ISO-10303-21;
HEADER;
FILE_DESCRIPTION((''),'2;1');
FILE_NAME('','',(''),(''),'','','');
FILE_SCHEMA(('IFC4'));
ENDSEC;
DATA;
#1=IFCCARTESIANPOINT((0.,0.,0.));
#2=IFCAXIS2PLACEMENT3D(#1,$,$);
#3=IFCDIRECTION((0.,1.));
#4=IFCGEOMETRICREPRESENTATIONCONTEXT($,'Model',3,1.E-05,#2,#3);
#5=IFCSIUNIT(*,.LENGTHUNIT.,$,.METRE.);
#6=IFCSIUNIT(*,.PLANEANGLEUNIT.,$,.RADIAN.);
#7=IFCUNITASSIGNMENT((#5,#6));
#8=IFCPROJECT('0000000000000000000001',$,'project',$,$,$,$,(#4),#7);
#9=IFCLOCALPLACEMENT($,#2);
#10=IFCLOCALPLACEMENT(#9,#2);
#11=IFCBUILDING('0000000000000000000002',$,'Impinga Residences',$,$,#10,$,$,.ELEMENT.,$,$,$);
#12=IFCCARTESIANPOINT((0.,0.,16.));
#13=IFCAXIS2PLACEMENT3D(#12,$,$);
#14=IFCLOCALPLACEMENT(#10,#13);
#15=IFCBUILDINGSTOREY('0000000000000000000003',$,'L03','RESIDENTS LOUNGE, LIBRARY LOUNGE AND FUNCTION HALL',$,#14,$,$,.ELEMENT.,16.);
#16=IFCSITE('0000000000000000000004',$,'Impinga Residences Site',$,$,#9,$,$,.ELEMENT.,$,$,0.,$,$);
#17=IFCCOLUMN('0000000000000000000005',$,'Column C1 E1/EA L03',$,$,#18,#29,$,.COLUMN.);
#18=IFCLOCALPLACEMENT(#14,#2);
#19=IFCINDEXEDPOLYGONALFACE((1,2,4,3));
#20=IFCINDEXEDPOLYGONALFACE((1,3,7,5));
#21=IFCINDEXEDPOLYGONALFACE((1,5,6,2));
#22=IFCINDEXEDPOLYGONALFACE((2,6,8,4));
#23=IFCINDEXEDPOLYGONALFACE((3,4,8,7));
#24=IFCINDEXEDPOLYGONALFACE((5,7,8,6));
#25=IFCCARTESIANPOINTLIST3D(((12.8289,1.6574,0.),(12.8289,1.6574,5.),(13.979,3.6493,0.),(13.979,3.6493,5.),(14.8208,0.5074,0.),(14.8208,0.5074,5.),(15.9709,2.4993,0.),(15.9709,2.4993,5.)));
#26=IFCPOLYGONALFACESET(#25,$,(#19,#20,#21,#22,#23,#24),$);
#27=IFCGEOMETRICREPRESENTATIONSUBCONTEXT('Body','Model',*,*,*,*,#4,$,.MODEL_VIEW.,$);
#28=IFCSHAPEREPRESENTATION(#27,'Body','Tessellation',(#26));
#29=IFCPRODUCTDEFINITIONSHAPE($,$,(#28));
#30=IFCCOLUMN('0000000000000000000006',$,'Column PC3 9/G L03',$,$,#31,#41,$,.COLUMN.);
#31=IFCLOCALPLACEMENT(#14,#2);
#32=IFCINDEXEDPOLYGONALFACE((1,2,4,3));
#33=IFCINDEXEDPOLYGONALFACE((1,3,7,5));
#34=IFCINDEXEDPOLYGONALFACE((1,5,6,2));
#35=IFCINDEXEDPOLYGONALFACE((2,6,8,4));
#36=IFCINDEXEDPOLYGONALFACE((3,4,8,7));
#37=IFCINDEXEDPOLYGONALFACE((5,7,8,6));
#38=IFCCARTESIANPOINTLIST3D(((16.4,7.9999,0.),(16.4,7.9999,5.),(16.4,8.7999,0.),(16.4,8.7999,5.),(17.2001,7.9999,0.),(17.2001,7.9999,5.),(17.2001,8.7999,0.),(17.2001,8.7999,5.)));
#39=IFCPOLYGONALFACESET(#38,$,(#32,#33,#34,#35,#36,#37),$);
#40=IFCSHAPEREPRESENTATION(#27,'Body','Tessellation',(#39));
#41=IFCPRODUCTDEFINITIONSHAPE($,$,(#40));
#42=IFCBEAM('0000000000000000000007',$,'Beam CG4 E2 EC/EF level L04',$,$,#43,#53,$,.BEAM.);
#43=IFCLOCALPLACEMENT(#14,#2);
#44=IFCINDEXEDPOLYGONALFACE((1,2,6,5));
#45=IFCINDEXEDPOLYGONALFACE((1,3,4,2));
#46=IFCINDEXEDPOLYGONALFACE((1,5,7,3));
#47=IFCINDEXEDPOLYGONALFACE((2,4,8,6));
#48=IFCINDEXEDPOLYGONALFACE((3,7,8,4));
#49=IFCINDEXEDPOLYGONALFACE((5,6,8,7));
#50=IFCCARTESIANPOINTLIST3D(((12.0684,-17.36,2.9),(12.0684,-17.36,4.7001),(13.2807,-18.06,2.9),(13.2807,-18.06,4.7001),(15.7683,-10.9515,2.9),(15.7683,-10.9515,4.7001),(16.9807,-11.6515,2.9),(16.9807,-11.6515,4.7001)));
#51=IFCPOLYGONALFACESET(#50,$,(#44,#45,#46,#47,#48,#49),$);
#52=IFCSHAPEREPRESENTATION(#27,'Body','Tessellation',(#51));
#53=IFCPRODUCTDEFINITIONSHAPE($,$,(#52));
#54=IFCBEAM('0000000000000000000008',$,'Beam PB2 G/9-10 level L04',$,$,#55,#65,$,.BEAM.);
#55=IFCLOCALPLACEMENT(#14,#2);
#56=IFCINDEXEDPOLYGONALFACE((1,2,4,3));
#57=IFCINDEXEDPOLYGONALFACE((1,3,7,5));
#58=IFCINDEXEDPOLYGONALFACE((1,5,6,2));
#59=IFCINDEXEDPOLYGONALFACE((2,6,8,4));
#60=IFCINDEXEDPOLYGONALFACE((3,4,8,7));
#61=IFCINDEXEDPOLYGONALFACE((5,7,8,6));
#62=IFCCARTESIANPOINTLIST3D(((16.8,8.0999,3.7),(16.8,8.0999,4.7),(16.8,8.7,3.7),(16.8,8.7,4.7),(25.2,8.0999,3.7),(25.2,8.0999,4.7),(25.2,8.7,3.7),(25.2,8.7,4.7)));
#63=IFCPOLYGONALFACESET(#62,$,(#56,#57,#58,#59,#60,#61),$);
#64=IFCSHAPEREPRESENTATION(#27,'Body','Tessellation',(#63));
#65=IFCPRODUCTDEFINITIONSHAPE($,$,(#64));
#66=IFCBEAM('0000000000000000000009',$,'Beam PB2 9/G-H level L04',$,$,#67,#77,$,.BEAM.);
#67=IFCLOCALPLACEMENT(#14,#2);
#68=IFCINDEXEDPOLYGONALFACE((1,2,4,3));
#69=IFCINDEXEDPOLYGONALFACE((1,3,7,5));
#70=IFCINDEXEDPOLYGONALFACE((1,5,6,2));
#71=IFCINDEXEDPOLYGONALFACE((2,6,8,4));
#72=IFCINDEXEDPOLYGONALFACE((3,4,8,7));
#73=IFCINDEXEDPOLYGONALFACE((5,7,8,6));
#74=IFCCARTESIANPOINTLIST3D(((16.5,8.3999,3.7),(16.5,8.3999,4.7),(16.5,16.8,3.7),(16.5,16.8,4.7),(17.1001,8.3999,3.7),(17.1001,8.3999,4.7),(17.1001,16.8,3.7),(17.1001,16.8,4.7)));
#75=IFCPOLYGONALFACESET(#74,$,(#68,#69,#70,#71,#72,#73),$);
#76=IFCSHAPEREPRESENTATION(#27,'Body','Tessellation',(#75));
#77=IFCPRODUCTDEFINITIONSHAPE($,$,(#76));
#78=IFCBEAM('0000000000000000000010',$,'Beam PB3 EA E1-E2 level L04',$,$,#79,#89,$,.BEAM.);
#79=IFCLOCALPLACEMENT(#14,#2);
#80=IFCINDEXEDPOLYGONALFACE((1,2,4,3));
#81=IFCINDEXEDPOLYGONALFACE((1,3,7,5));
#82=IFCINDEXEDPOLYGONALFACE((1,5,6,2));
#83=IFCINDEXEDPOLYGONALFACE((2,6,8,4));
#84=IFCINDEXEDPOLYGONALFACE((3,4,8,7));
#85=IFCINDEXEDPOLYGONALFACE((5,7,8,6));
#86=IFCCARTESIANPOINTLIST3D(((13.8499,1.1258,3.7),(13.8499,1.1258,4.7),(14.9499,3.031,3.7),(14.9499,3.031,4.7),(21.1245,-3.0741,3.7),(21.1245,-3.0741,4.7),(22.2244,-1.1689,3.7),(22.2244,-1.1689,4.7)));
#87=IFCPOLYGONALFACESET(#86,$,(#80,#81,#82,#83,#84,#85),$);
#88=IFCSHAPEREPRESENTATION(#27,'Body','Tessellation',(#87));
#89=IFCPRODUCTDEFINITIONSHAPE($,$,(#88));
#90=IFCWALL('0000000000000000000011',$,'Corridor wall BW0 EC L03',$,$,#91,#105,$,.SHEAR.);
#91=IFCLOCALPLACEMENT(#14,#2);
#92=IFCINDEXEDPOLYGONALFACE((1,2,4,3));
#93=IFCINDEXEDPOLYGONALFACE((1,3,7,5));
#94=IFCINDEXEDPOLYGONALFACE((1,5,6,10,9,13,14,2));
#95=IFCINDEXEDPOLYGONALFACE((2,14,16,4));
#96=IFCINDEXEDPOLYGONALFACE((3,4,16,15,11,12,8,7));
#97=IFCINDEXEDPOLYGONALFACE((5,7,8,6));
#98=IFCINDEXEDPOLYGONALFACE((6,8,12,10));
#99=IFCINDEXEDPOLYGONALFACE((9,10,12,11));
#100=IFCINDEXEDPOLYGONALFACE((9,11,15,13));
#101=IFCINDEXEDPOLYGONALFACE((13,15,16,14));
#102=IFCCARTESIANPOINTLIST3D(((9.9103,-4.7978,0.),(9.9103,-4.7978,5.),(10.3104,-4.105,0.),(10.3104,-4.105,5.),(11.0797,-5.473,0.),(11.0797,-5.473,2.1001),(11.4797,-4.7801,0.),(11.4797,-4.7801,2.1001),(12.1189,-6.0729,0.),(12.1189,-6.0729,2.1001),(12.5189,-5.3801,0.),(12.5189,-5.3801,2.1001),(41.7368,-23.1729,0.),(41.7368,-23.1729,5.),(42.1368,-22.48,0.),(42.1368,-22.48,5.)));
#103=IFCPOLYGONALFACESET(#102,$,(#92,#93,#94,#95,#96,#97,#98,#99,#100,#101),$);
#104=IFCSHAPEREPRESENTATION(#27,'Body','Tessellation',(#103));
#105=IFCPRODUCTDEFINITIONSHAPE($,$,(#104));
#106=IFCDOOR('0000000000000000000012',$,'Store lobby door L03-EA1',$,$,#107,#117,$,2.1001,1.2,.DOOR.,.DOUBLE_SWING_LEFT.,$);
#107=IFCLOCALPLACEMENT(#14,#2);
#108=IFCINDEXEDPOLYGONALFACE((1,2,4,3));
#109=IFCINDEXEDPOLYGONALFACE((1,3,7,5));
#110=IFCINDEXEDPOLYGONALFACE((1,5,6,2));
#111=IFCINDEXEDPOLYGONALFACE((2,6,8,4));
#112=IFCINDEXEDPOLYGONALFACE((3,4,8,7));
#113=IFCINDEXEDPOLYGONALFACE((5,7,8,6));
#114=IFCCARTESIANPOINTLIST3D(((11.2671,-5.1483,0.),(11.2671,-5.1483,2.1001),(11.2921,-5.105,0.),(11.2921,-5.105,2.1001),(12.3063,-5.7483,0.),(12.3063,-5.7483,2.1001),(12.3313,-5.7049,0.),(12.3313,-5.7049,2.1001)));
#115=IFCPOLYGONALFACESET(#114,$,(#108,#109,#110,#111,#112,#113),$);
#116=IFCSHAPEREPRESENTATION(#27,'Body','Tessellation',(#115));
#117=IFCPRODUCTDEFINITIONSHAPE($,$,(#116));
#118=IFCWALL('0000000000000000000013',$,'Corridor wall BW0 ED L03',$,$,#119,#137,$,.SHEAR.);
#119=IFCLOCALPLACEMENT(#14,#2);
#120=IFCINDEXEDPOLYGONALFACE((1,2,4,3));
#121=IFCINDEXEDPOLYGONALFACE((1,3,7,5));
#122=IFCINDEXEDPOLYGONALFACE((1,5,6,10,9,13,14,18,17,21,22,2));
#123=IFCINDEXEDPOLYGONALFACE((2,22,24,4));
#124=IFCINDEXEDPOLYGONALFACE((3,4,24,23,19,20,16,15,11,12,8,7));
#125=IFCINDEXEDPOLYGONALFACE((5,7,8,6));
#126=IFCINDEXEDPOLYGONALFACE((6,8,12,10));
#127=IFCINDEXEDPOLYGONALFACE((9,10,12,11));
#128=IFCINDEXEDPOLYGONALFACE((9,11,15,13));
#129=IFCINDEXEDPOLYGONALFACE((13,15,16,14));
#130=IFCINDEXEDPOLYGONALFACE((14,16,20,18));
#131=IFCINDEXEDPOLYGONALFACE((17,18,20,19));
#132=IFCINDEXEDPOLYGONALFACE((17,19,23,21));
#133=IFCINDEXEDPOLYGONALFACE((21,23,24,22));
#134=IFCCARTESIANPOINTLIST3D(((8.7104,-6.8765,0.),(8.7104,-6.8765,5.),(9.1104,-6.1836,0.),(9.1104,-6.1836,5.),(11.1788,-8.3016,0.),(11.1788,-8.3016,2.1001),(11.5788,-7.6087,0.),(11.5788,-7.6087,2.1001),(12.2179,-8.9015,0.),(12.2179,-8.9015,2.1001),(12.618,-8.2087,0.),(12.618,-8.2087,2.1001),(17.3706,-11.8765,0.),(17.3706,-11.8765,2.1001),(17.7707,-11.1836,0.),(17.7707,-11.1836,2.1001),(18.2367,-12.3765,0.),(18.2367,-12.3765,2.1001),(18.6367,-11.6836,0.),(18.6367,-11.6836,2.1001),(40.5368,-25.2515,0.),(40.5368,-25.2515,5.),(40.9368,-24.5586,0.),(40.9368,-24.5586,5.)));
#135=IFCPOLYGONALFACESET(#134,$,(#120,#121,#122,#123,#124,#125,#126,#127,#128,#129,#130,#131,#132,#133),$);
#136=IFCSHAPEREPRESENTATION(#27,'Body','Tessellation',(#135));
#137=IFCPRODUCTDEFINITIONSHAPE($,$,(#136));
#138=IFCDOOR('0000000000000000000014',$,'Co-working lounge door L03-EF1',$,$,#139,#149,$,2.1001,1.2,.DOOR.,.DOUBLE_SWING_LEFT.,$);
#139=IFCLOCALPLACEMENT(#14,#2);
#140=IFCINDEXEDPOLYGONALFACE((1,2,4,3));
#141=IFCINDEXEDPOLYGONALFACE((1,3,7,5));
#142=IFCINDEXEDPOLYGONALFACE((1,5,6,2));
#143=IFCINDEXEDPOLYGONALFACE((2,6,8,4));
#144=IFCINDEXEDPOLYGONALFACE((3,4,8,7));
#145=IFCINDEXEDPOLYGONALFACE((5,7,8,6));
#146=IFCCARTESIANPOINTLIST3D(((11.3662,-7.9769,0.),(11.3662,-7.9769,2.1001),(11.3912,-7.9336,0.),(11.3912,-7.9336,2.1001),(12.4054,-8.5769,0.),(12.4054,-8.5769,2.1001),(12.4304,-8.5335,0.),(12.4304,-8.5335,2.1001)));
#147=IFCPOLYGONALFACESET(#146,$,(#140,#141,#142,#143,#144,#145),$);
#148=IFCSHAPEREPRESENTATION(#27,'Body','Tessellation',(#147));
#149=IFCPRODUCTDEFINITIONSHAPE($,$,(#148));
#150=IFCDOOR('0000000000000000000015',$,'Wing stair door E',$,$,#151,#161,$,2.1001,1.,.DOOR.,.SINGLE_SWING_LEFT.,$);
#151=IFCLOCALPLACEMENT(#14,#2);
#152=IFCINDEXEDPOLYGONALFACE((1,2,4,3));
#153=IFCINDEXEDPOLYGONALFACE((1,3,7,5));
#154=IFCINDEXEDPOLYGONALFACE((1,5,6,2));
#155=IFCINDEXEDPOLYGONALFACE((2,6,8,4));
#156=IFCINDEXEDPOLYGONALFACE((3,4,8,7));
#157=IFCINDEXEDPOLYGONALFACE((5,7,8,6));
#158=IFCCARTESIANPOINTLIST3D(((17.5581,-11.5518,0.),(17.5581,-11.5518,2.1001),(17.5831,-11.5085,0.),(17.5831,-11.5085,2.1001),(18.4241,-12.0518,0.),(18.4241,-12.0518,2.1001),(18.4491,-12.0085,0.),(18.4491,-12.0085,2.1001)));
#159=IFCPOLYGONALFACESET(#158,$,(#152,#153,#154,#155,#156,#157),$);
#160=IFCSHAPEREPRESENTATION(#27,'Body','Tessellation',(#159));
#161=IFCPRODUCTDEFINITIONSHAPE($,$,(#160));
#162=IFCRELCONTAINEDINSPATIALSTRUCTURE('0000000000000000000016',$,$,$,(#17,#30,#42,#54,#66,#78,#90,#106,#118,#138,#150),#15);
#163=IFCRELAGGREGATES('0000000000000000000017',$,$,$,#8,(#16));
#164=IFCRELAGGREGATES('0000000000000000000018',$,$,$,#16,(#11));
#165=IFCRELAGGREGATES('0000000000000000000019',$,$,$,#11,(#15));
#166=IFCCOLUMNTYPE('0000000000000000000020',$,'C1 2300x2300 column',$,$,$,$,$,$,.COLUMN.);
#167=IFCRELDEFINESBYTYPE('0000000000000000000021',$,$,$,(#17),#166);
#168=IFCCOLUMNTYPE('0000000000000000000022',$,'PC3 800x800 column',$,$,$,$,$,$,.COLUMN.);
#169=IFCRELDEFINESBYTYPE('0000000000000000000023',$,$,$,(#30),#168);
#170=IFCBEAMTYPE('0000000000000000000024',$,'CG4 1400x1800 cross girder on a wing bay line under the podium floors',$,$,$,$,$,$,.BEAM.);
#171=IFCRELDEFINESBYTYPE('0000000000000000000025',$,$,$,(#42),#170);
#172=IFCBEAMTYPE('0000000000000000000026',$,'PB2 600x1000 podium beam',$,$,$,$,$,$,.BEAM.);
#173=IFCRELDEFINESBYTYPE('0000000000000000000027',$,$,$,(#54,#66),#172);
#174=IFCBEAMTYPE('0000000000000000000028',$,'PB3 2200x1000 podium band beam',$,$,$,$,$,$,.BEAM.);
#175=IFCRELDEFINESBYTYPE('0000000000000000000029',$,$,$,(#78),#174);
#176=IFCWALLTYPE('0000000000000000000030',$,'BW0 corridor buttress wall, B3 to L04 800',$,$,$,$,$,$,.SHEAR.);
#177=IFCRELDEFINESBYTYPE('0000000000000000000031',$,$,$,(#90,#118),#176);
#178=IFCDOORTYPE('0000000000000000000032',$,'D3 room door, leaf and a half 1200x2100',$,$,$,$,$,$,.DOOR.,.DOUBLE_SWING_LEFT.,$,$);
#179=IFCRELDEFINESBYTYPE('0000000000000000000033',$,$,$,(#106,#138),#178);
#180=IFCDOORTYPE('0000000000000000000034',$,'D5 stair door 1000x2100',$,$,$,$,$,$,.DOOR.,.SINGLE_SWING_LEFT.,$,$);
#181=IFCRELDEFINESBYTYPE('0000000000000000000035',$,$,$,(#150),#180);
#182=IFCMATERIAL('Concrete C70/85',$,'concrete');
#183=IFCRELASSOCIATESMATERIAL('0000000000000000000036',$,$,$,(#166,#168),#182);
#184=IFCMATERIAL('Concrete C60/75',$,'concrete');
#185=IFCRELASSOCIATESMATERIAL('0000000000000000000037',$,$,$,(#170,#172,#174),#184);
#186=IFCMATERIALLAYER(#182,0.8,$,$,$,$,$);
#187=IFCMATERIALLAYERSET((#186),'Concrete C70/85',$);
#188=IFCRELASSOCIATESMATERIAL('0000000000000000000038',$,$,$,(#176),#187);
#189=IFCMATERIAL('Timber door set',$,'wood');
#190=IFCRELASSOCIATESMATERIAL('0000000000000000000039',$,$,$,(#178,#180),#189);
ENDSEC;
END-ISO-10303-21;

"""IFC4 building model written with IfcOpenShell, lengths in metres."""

from ifc_helpers import new_model, si_unit, direction, frame, frame_2d, origin, origin_2d, place, context, subcontext, project, spatial, rectangle, extrude, material, layer, layer_set, material_profile, profile_set, type_object, element, fill, save


model = new_model("IFC4")

# Units and contexts
model_context = context("Model", 3, precision=1e-05, world=origin(), true_north=direction((0.0, 1.0)))
body_context = subcontext(model_context, "Body", "Model", "MODEL_VIEW")
ifc_project = project(units=[si_unit("LENGTHUNIT", "METRE"), si_unit("PLANEANGLEUNIT", "RADIAN")], contexts=[model_context])

# Site, building, storey
site_placement = place(None, origin())
site = spatial("IfcSite", under=ifc_project, at=site_placement, Name="Impinga Residences Site", CompositionType="ELEMENT", RefElevation=0.0)
building_placement = place(site_placement, origin())
building = spatial("IfcBuilding", under=site, at=building_placement, Name="Impinga Residences", CompositionType="ELEMENT")
storey_placement = place(building_placement, frame((0.0, 0.0, 16.0)))
storey = spatial("IfcBuildingStorey", under=building, at=storey_placement, Name="L03", Description="RESIDENTS LOUNGE, LIBRARY LOUNGE AND FUNCTION HALL", CompositionType="ELEMENT", Elevation=16.0)

# Columns
ifc_material_1 = material(Name="Concrete C70/85", Category="concrete")
ifc_material_profile_1 = material_profile(ifc_material_1, rectangle(XDim=2.3, YDim=2.3, at=origin_2d()), Name="RC 2300x2300")
ifc_profile_set_1 = profile_set([ifc_material_profile_1], Name="Concrete C70/85")
column_type_1 = type_object("IfcColumnType", Name="C1 2300x2300 column", PredefinedType="COLUMN", material=ifc_profile_set_1)
column_1_placement = place(storey_placement, frame((14.3999, 2.0784, 0.0), z_axis=(0.0, 0.0, 1.0), x_axis=(-0.5, -0.866025, 0.0)))
element("IfcColumn", 1, at=column_1_placement, inside=storey, type_object=column_type_1, Name="Column C1 E1/EA L03", PredefinedType="COLUMN", context=body_context, shape_type="SweptSolid", body=[
    extrude(rectangle(XDim=2.3, YDim=2.3, at=origin_2d()), origin(), (0.0, 0.0, 1.0), 5.0),
])
ifc_material_profile_2 = material_profile(ifc_material_1, rectangle(XDim=0.8, YDim=0.8, at=origin_2d()), Name="RC 800x800")
ifc_profile_set_2 = profile_set([ifc_material_profile_2], Name="Concrete C70/85")
column_type_2 = type_object("IfcColumnType", Name="PC3 800x800 column", PredefinedType="COLUMN", material=ifc_profile_set_2)
column_2_placement = place(storey_placement, frame((16.8, 8.3999, 0.0), z_axis=(0.0, 0.0, 1.0), x_axis=(1.0, 0.0, 0.0)))
element("IfcColumn", 2, at=column_2_placement, inside=storey, type_object=column_type_2, Name="Column PC3 9/G L03", PredefinedType="COLUMN", context=body_context, shape_type="SweptSolid", body=[
    extrude(rectangle(XDim=0.8, YDim=0.8, at=origin_2d()), origin(), (0.0, 0.0, 1.0), 5.0),
])

# Beams
ifc_material_2 = material(Name="Concrete C60/75", Category="concrete")
ifc_material_profile_3 = material_profile(ifc_material_2, rectangle(XDim=1.3999, YDim=1.8, at=origin_2d()), Name="RC 1400x1800")
ifc_profile_set_3 = profile_set([ifc_material_profile_3], Name="Concrete C60/75")
beam_type_1 = type_object("IfcBeamType", Name="CG4 1400x1800 cross girder on a wing bay line under the podium floors", PredefinedType="BEAM", material=ifc_profile_set_3)
beam_1_placement = place(storey_placement, frame((16.3745, -11.3015, 3.8), z_axis=(-0.500003, -0.866024, 0.0), x_axis=(0.866024, -0.500003, 0.0)))
element("IfcBeam", 3, at=beam_1_placement, inside=storey, type_object=beam_type_1, Name="Beam CG4 E2 EC/EF level L04", PredefinedType="BEAM", context=body_context, shape_type="SweptSolid", body=[
    extrude(rectangle(XDim=1.3999, YDim=1.8, at=origin_2d()), origin(), (0.0, 0.0, 1.0), 7.3999),
])
ifc_material_profile_4 = material_profile(ifc_material_2, rectangle(XDim=0.6001, YDim=1.0, at=origin_2d()), Name="RC 600x1000")
ifc_profile_set_4 = profile_set([ifc_material_profile_4], Name="Concrete C60/75")
beam_type_2 = type_object("IfcBeamType", Name="PB2 600x1000 podium beam", PredefinedType="BEAM", material=ifc_profile_set_4)
beam_2_placement = place(storey_placement, frame((16.8, 8.3999, 4.2), z_axis=(1.0, 0.0, 0.0), x_axis=(0.0, 1.0, 0.0)))
element("IfcBeam", 4, at=beam_2_placement, inside=storey, type_object=beam_type_2, Name="Beam PB2 G/9-10 level L04", PredefinedType="BEAM", context=body_context, shape_type="SweptSolid", body=[
    extrude(rectangle(XDim=0.6001, YDim=1.0, at=origin_2d()), origin(), (0.0, 0.0, 1.0), 8.3999),
])
beam_3_placement = place(storey_placement, frame((16.8, 8.3999, 4.2), z_axis=(0.0, 1.0, 0.0), x_axis=(-1.0, 0.0, 0.0)))
element("IfcBeam", 5, at=beam_3_placement, inside=storey, type_object=beam_type_2, Name="Beam PB2 9/G-H level L04", PredefinedType="BEAM", context=body_context, shape_type="SweptSolid", body=[
    extrude(rectangle(XDim=0.6001, YDim=1.0, at=origin_2d()), origin(), (0.0, 0.0, 1.0), 8.4001),
])
ifc_material_profile_5 = material_profile(ifc_material_2, rectangle(XDim=2.2, YDim=1.0, at=origin_2d()), Name="RC 2200x1000")
ifc_profile_set_5 = profile_set([ifc_material_profile_5], Name="Concrete C60/75")
beam_type_3 = type_object("IfcBeamType", Name="PB3 2200x1000 podium band beam", PredefinedType="BEAM", material=ifc_profile_set_5)
beam_4_placement = place(storey_placement, frame((14.3999, 2.0784, 4.2), z_axis=(0.866029, -0.499993, 0.0), x_axis=(0.499993, 0.866029, 0.0)))
element("IfcBeam", 6, at=beam_4_placement, inside=storey, type_object=beam_type_3, Name="Beam PB3 EA E1-E2 level L04", PredefinedType="BEAM", context=body_context, shape_type="SweptSolid", body=[
    extrude(rectangle(XDim=2.2, YDim=1.0, at=origin_2d()), origin(), (0.0, 0.0, 1.0), 8.3999),
])

# Wall, opening, door
ifc_layer_1 = layer(ifc_material_1, 0.8)
ifc_layer_set_1 = layer_set([ifc_layer_1], Name="Concrete C70/85")
wall_type_1 = type_object("IfcWallType", Name="BW0 corridor buttress wall, B3 to L04 800", PredefinedType="SHEAR", material=ifc_layer_set_1)
wall_1_placement = place(storey_placement, frame((10.1104, -4.4514, 0.0), z_axis=(0.0, 0.0, 1.0), x_axis=(0.866025, -0.5, 0.0)))
wall_1 = element("IfcWall", 7, at=wall_1_placement, inside=storey, type_object=wall_type_1, Name="Corridor wall BW0 EC L03", PredefinedType="SHEAR", context=body_context, shape_type="SweptSolid", body=[
    extrude(rectangle(XDim=36.75, YDim=0.8, at=frame_2d((18.375, 0.0))), origin(), (0.0, 0.0, 1.0), 5.0),
])
opening_1_placement = place(wall_1_placement, frame((1.3501, 0.0, 0.0)))
opening_1 = element("IfcOpeningElement", 8, at=opening_1_placement, cuts=wall_1, PredefinedType="OPENING", context=body_context, shape_type="SweptSolid", body=[
    extrude(rectangle(XDim=1.2, YDim=2.1001, at=frame_2d((0.6001, 1.05))), frame((0.0, 0.4099, 0.0), z_axis=(0.0, -1.0, 0.0), x_axis=(1.0, 0.0, 0.0)), (0.0, 0.0, 1.0), 0.8201),
])
ifc_material_3 = material(Name="Timber door set", Category="wood")
door_type_1 = type_object("IfcDoorType", Name="D3 room door, leaf and a half 1200x2100", OperationType="DOUBLE_SWING_LEFT", PredefinedType="DOOR", material=ifc_material_3)
door_1_placement = place(opening_1_placement, origin())
door_1 = element("IfcDoor", 9, at=door_1_placement, inside=storey, type_object=door_type_1, Name="Store lobby door L03-EA1", OperationType="DOUBLE_SWING_LEFT", OverallHeight=2.1001, OverallWidth=1.2, PredefinedType="DOOR", context=body_context, shape_type="SweptSolid", body=[
    extrude(rectangle(XDim=1.2, YDim=2.1001, at=frame_2d((0.6001, 1.05))), frame((0.0, 0.0249, 0.0), z_axis=(0.0, -1.0, 0.0), x_axis=(1.0, 0.0, 0.0)), (0.0, 0.0, 1.0), 0.05),
])
fill(opening_1, door_1)

# Wall, openings, doors
wall_2_placement = place(storey_placement, frame((8.9104, -6.53, 0.0), z_axis=(0.0, 0.0, 1.0), x_axis=(0.866025, -0.5, 0.0)))
wall_2 = element("IfcWall", 10, at=wall_2_placement, inside=storey, type_object=wall_type_1, Name="Corridor wall BW0 ED L03", PredefinedType="SHEAR", context=body_context, shape_type="SweptSolid", body=[
    extrude(rectangle(XDim=36.75, YDim=0.8, at=frame_2d((18.375, 0.0))), origin(), (0.0, 0.0, 1.0), 5.0),
])
opening_2_placement = place(wall_2_placement, frame((10.0, 0.0, 0.0)))
opening_2 = element("IfcOpeningElement", 11, at=opening_2_placement, cuts=wall_2, PredefinedType="OPENING", context=body_context, shape_type="SweptSolid", body=[
    extrude(rectangle(XDim=1.0, YDim=2.1001, at=frame_2d((0.5, 1.05))), frame((0.0, 0.4099, 0.0), z_axis=(0.0, -1.0, 0.0), x_axis=(1.0, 0.0, 0.0)), (0.0, 0.0, 1.0), 0.8201),
])
opening_3_placement = place(wall_2_placement, frame((2.8501, 0.0, 0.0)))
opening_3 = element("IfcOpeningElement", 12, at=opening_3_placement, cuts=wall_2, PredefinedType="OPENING", context=body_context, shape_type="SweptSolid", body=[
    extrude(rectangle(XDim=1.2, YDim=2.1001, at=frame_2d((0.6001, 1.05))), frame((0.0, 0.4099, 0.0), z_axis=(0.0, -1.0, 0.0), x_axis=(1.0, 0.0, 0.0)), (0.0, 0.0, 1.0), 0.8201),
])
door_2_placement = place(opening_3_placement, origin())
door_2 = element("IfcDoor", 13, at=door_2_placement, inside=storey, type_object=door_type_1, Name="Co-working lounge door L03-EF1", OperationType="DOUBLE_SWING_LEFT", OverallHeight=2.1001, OverallWidth=1.2, PredefinedType="DOOR", context=body_context, shape_type="SweptSolid", body=[
    extrude(rectangle(XDim=1.2, YDim=2.1001, at=frame_2d((0.6001, 1.05))), frame((0.0, 0.0249, 0.0), z_axis=(0.0, -1.0, 0.0), x_axis=(1.0, 0.0, 0.0)), (0.0, 0.0, 1.0), 0.05),
])
fill(opening_3, door_2)
door_type_2 = type_object("IfcDoorType", Name="D5 stair door 1000x2100", OperationType="SINGLE_SWING_LEFT", PredefinedType="DOOR", material=ifc_material_3)
door_3_placement = place(opening_2_placement, origin())
door_3 = element("IfcDoor", 14, at=door_3_placement, inside=storey, type_object=door_type_2, Name="Wing stair door E", OperationType="SINGLE_SWING_LEFT", OverallHeight=2.1001, OverallWidth=1.0, PredefinedType="DOOR", context=body_context, shape_type="SweptSolid", body=[
    extrude(rectangle(XDim=1.0, YDim=2.1001, at=frame_2d((0.5, 1.05))), frame((0.0, 0.0249, 0.0), z_axis=(0.0, -1.0, 0.0), x_axis=(1.0, 0.0, 0.0)), (0.0, 0.0, 1.0), 0.05),
])
fill(opening_2, door_3)

save(model, "model.ifc")
